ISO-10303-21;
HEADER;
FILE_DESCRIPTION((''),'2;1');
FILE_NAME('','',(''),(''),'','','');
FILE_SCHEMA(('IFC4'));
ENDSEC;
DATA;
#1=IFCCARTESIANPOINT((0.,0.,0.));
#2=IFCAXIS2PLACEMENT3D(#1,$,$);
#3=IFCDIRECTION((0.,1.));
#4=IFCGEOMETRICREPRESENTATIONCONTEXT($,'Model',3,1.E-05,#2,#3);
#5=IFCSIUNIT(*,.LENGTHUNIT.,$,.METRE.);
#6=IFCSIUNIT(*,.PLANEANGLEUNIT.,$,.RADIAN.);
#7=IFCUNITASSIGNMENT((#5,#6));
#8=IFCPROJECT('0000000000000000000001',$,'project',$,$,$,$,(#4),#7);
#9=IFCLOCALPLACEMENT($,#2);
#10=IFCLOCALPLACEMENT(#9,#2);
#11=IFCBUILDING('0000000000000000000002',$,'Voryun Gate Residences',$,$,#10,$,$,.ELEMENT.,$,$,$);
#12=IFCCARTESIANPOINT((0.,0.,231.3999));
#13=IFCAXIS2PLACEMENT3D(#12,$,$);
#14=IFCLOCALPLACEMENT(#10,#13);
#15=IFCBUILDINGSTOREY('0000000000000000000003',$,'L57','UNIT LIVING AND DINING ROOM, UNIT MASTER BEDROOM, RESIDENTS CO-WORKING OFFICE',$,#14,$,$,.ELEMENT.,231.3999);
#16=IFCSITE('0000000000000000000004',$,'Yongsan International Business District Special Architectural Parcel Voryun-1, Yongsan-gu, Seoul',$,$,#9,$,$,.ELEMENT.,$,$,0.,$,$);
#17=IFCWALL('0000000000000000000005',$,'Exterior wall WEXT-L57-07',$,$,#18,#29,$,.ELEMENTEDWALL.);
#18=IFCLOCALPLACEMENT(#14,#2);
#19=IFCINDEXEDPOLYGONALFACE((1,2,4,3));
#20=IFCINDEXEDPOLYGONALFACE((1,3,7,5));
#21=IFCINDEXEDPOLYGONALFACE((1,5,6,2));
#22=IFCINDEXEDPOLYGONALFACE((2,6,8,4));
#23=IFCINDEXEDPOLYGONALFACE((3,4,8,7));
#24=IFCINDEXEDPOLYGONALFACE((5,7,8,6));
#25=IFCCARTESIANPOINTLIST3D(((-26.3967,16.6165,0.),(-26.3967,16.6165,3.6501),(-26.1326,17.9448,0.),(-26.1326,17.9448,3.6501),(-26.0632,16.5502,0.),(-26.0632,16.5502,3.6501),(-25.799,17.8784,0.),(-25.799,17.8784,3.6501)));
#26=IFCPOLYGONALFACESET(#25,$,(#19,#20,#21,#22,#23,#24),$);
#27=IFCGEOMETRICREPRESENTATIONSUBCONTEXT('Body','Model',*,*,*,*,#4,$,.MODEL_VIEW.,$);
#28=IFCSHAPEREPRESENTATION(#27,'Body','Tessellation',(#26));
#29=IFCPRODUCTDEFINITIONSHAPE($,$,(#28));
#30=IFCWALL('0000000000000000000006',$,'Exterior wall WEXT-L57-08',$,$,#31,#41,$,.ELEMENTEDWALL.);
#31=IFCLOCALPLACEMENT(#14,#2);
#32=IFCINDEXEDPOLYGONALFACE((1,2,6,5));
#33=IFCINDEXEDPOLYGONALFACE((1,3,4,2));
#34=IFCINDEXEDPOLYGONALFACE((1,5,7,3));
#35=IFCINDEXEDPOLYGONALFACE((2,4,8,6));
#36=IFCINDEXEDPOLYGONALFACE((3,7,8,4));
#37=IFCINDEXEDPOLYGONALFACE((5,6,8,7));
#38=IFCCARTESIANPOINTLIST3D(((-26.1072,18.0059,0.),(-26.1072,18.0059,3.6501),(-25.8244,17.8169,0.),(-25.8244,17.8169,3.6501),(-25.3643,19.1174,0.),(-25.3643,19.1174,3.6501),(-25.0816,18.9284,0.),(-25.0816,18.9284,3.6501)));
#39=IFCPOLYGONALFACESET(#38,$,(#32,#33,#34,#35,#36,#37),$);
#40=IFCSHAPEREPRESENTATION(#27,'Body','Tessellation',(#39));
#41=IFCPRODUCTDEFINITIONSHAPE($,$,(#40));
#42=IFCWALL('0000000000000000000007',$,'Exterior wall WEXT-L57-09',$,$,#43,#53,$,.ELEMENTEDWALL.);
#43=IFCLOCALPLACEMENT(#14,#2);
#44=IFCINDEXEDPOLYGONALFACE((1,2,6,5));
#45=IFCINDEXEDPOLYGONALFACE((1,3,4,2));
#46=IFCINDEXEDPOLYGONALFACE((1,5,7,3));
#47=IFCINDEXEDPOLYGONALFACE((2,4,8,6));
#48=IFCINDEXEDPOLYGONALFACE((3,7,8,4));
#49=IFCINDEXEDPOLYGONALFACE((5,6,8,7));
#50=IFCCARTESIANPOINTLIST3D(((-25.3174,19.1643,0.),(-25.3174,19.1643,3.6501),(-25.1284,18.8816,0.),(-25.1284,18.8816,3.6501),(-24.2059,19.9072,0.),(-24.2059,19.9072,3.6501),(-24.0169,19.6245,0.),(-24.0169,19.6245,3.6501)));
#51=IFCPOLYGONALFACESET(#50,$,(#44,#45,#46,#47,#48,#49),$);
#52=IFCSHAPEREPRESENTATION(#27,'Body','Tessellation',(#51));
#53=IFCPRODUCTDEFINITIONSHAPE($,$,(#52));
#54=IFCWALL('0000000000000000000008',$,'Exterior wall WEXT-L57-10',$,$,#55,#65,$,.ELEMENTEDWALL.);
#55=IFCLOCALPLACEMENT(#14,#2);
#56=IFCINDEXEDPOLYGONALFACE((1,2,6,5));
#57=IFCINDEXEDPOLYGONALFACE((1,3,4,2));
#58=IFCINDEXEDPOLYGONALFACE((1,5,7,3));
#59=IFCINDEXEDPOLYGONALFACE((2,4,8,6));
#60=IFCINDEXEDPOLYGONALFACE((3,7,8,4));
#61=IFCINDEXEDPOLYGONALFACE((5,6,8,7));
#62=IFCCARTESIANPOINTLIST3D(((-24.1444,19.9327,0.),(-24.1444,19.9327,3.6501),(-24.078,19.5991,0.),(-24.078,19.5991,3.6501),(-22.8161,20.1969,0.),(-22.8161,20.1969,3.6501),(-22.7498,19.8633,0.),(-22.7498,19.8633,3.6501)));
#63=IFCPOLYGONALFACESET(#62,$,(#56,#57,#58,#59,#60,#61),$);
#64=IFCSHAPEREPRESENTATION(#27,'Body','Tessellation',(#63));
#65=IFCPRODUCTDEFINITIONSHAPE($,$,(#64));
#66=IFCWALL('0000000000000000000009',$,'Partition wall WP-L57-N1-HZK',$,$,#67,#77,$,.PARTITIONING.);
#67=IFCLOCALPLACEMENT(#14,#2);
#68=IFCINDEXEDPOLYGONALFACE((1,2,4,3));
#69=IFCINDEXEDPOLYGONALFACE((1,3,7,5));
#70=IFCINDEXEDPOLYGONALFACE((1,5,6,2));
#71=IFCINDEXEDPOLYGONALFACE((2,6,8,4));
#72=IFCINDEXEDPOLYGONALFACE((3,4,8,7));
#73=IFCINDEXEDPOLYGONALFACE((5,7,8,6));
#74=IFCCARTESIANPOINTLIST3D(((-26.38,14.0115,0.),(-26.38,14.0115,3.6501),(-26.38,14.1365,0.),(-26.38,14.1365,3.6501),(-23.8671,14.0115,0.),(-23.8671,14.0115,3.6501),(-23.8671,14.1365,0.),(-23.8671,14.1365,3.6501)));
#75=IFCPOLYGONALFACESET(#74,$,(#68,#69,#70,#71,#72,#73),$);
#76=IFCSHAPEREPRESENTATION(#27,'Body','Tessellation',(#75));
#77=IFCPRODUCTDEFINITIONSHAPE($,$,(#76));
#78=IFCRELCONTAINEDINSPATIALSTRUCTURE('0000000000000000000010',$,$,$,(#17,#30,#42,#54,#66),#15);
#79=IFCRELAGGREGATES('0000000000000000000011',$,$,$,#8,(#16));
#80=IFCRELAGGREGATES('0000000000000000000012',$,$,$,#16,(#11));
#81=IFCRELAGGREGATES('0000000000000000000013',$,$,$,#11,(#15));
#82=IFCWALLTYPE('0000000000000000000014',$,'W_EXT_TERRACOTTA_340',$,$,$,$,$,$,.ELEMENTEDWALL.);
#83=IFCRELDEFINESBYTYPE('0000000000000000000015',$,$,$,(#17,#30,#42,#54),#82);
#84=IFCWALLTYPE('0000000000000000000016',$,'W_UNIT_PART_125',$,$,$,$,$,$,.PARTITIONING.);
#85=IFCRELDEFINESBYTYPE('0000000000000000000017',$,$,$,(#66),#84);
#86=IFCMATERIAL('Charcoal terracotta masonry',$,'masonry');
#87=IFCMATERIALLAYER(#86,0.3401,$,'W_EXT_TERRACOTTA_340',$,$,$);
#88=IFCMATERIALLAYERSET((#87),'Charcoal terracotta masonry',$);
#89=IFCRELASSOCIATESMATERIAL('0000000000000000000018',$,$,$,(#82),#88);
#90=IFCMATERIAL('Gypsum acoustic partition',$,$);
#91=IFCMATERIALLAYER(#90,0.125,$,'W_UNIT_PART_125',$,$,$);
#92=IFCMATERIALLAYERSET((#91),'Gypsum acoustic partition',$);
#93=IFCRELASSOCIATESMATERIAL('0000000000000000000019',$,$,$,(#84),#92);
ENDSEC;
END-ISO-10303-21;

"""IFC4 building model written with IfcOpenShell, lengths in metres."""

from ifc_helpers import new_model, si_unit, direction, frame, frame_2d, origin, place, context, subcontext, project, spatial, rectangle, extrude, material, layer, layer_set, type_object, element, save


model = new_model("IFC4")

# Units and contexts
model_context = context("Model", 3, precision=1e-05, world=origin(), true_north=direction((0.0, 1.0)))
body_context = subcontext(model_context, "Body", "Model", "MODEL_VIEW")
ifc_project = project(units=[si_unit("LENGTHUNIT", "METRE"), si_unit("PLANEANGLEUNIT", "RADIAN")], contexts=[model_context])

# Site, building, storey
site_placement = place(None, origin())
site = spatial("IfcSite", under=ifc_project, at=site_placement, Name="Yongsan International Business District Special Architectural Parcel Voryun-1, Yongsan-gu, Seoul", CompositionType="ELEMENT", RefElevation=0.0)
building_placement = place(site_placement, origin())
building = spatial("IfcBuilding", under=site, at=building_placement, Name="Voryun Gate Residences", CompositionType="ELEMENT")
storey_placement = place(building_placement, frame((0.0, 0.0, 231.3999)))
storey = spatial("IfcBuildingStorey", under=building, at=storey_placement, Name="L57", Description="UNIT LIVING AND DINING ROOM, UNIT MASTER BEDROOM, RESIDENTS CO-WORKING OFFICE", CompositionType="ELEMENT", Elevation=231.3999)

# Walls
ifc_material_1 = material(Name="Charcoal terracotta masonry", Category="masonry")
ifc_layer_1 = layer(ifc_material_1, 0.3401, Name="W_EXT_TERRACOTTA_340")
ifc_layer_set_1 = layer_set([ifc_layer_1], Name="Charcoal terracotta masonry")
wall_type_1 = type_object("IfcWallType", Name="W_EXT_TERRACOTTA_340", PredefinedType="ELEMENTEDWALL", material=ifc_layer_set_1)
wall_1_placement = place(storey_placement, frame((-26.23, 16.5833, 0.0), z_axis=(0.0, 0.0, 1.0), x_axis=(0.195076, 0.980788, 0.0)))
element("IfcWall", 1, at=wall_1_placement, inside=storey, type_object=wall_type_1, Name="Exterior wall WEXT-L57-07", PredefinedType="ELEMENTEDWALL", context=body_context, shape_type="SweptSolid", body=[
    extrude(rectangle(XDim=1.3542, YDim=0.3401, at=frame_2d((0.6772, 0.0))), origin(), (0.0, 0.0, 1.0), 3.6501),
])
for number, where, z_axis, x_axis, name in (
    (2, (-25.9658, 17.9114, 0.0), (0.0, 0.0, 1.0), (0.555669, 0.831404, 0.0), "Exterior wall WEXT-L57-08"),
    (3, (-25.2229, 19.0229, 0.0), (0.0, 0.0, 1.0), (0.831404, 0.555669, 0.0), "Exterior wall WEXT-L57-09"),
):
    element("IfcWall", number, at=place(storey_placement, frame(where, z_axis=z_axis, x_axis=x_axis)), inside=storey, type_object=wall_type_1, Name=name, PredefinedType="ELEMENTEDWALL", context=body_context, shape_type="SweptSolid", body=[
        extrude(rectangle(XDim=1.3369, YDim=0.3401, at=frame_2d((0.6685, 0.0))), origin(), (0.0, 0.0, 1.0), 3.6501),
    ])
wall_2_placement = place(storey_placement, frame((-24.1113, 19.7659, 0.0), z_axis=(0.0, 0.0, 1.0), x_axis=(0.980788, 0.195076, 0.0)))
element("IfcWall", 4, at=wall_2_placement, inside=storey, type_object=wall_type_1, Name="Exterior wall WEXT-L57-10", PredefinedType="ELEMENTEDWALL", context=body_context, shape_type="SweptSolid", body=[
    extrude(rectangle(XDim=1.3542, YDim=0.3401, at=frame_2d((0.6772, 0.0))), origin(), (0.0, 0.0, 1.0), 3.6501),
])
ifc_material_2 = material(Name="Gypsum acoustic partition")
ifc_layer_2 = layer(ifc_material_2, 0.125, Name="W_UNIT_PART_125")
ifc_layer_set_2 = layer_set([ifc_layer_2], Name="Gypsum acoustic partition")
wall_type_2 = type_object("IfcWallType", Name="W_UNIT_PART_125", PredefinedType="PARTITIONING", material=ifc_layer_set_2)
wall_3_placement = place(storey_placement, frame((-26.3799, 14.074, 0.0), z_axis=(0.0, 0.0, 1.0), x_axis=(1.0, 0.0, 0.0)))
element("IfcWall", 5, at=wall_3_placement, inside=storey, type_object=wall_type_2, Name="Partition wall WP-L57-N1-HZK", PredefinedType="PARTITIONING", context=body_context, shape_type="SweptSolid", body=[
    extrude(rectangle(XDim=2.5129, YDim=0.125, at=frame_2d((1.2563, 0.0))), origin(), (0.0, 0.0, 1.0), 3.6501),
])

save(model, "model.ifc")
